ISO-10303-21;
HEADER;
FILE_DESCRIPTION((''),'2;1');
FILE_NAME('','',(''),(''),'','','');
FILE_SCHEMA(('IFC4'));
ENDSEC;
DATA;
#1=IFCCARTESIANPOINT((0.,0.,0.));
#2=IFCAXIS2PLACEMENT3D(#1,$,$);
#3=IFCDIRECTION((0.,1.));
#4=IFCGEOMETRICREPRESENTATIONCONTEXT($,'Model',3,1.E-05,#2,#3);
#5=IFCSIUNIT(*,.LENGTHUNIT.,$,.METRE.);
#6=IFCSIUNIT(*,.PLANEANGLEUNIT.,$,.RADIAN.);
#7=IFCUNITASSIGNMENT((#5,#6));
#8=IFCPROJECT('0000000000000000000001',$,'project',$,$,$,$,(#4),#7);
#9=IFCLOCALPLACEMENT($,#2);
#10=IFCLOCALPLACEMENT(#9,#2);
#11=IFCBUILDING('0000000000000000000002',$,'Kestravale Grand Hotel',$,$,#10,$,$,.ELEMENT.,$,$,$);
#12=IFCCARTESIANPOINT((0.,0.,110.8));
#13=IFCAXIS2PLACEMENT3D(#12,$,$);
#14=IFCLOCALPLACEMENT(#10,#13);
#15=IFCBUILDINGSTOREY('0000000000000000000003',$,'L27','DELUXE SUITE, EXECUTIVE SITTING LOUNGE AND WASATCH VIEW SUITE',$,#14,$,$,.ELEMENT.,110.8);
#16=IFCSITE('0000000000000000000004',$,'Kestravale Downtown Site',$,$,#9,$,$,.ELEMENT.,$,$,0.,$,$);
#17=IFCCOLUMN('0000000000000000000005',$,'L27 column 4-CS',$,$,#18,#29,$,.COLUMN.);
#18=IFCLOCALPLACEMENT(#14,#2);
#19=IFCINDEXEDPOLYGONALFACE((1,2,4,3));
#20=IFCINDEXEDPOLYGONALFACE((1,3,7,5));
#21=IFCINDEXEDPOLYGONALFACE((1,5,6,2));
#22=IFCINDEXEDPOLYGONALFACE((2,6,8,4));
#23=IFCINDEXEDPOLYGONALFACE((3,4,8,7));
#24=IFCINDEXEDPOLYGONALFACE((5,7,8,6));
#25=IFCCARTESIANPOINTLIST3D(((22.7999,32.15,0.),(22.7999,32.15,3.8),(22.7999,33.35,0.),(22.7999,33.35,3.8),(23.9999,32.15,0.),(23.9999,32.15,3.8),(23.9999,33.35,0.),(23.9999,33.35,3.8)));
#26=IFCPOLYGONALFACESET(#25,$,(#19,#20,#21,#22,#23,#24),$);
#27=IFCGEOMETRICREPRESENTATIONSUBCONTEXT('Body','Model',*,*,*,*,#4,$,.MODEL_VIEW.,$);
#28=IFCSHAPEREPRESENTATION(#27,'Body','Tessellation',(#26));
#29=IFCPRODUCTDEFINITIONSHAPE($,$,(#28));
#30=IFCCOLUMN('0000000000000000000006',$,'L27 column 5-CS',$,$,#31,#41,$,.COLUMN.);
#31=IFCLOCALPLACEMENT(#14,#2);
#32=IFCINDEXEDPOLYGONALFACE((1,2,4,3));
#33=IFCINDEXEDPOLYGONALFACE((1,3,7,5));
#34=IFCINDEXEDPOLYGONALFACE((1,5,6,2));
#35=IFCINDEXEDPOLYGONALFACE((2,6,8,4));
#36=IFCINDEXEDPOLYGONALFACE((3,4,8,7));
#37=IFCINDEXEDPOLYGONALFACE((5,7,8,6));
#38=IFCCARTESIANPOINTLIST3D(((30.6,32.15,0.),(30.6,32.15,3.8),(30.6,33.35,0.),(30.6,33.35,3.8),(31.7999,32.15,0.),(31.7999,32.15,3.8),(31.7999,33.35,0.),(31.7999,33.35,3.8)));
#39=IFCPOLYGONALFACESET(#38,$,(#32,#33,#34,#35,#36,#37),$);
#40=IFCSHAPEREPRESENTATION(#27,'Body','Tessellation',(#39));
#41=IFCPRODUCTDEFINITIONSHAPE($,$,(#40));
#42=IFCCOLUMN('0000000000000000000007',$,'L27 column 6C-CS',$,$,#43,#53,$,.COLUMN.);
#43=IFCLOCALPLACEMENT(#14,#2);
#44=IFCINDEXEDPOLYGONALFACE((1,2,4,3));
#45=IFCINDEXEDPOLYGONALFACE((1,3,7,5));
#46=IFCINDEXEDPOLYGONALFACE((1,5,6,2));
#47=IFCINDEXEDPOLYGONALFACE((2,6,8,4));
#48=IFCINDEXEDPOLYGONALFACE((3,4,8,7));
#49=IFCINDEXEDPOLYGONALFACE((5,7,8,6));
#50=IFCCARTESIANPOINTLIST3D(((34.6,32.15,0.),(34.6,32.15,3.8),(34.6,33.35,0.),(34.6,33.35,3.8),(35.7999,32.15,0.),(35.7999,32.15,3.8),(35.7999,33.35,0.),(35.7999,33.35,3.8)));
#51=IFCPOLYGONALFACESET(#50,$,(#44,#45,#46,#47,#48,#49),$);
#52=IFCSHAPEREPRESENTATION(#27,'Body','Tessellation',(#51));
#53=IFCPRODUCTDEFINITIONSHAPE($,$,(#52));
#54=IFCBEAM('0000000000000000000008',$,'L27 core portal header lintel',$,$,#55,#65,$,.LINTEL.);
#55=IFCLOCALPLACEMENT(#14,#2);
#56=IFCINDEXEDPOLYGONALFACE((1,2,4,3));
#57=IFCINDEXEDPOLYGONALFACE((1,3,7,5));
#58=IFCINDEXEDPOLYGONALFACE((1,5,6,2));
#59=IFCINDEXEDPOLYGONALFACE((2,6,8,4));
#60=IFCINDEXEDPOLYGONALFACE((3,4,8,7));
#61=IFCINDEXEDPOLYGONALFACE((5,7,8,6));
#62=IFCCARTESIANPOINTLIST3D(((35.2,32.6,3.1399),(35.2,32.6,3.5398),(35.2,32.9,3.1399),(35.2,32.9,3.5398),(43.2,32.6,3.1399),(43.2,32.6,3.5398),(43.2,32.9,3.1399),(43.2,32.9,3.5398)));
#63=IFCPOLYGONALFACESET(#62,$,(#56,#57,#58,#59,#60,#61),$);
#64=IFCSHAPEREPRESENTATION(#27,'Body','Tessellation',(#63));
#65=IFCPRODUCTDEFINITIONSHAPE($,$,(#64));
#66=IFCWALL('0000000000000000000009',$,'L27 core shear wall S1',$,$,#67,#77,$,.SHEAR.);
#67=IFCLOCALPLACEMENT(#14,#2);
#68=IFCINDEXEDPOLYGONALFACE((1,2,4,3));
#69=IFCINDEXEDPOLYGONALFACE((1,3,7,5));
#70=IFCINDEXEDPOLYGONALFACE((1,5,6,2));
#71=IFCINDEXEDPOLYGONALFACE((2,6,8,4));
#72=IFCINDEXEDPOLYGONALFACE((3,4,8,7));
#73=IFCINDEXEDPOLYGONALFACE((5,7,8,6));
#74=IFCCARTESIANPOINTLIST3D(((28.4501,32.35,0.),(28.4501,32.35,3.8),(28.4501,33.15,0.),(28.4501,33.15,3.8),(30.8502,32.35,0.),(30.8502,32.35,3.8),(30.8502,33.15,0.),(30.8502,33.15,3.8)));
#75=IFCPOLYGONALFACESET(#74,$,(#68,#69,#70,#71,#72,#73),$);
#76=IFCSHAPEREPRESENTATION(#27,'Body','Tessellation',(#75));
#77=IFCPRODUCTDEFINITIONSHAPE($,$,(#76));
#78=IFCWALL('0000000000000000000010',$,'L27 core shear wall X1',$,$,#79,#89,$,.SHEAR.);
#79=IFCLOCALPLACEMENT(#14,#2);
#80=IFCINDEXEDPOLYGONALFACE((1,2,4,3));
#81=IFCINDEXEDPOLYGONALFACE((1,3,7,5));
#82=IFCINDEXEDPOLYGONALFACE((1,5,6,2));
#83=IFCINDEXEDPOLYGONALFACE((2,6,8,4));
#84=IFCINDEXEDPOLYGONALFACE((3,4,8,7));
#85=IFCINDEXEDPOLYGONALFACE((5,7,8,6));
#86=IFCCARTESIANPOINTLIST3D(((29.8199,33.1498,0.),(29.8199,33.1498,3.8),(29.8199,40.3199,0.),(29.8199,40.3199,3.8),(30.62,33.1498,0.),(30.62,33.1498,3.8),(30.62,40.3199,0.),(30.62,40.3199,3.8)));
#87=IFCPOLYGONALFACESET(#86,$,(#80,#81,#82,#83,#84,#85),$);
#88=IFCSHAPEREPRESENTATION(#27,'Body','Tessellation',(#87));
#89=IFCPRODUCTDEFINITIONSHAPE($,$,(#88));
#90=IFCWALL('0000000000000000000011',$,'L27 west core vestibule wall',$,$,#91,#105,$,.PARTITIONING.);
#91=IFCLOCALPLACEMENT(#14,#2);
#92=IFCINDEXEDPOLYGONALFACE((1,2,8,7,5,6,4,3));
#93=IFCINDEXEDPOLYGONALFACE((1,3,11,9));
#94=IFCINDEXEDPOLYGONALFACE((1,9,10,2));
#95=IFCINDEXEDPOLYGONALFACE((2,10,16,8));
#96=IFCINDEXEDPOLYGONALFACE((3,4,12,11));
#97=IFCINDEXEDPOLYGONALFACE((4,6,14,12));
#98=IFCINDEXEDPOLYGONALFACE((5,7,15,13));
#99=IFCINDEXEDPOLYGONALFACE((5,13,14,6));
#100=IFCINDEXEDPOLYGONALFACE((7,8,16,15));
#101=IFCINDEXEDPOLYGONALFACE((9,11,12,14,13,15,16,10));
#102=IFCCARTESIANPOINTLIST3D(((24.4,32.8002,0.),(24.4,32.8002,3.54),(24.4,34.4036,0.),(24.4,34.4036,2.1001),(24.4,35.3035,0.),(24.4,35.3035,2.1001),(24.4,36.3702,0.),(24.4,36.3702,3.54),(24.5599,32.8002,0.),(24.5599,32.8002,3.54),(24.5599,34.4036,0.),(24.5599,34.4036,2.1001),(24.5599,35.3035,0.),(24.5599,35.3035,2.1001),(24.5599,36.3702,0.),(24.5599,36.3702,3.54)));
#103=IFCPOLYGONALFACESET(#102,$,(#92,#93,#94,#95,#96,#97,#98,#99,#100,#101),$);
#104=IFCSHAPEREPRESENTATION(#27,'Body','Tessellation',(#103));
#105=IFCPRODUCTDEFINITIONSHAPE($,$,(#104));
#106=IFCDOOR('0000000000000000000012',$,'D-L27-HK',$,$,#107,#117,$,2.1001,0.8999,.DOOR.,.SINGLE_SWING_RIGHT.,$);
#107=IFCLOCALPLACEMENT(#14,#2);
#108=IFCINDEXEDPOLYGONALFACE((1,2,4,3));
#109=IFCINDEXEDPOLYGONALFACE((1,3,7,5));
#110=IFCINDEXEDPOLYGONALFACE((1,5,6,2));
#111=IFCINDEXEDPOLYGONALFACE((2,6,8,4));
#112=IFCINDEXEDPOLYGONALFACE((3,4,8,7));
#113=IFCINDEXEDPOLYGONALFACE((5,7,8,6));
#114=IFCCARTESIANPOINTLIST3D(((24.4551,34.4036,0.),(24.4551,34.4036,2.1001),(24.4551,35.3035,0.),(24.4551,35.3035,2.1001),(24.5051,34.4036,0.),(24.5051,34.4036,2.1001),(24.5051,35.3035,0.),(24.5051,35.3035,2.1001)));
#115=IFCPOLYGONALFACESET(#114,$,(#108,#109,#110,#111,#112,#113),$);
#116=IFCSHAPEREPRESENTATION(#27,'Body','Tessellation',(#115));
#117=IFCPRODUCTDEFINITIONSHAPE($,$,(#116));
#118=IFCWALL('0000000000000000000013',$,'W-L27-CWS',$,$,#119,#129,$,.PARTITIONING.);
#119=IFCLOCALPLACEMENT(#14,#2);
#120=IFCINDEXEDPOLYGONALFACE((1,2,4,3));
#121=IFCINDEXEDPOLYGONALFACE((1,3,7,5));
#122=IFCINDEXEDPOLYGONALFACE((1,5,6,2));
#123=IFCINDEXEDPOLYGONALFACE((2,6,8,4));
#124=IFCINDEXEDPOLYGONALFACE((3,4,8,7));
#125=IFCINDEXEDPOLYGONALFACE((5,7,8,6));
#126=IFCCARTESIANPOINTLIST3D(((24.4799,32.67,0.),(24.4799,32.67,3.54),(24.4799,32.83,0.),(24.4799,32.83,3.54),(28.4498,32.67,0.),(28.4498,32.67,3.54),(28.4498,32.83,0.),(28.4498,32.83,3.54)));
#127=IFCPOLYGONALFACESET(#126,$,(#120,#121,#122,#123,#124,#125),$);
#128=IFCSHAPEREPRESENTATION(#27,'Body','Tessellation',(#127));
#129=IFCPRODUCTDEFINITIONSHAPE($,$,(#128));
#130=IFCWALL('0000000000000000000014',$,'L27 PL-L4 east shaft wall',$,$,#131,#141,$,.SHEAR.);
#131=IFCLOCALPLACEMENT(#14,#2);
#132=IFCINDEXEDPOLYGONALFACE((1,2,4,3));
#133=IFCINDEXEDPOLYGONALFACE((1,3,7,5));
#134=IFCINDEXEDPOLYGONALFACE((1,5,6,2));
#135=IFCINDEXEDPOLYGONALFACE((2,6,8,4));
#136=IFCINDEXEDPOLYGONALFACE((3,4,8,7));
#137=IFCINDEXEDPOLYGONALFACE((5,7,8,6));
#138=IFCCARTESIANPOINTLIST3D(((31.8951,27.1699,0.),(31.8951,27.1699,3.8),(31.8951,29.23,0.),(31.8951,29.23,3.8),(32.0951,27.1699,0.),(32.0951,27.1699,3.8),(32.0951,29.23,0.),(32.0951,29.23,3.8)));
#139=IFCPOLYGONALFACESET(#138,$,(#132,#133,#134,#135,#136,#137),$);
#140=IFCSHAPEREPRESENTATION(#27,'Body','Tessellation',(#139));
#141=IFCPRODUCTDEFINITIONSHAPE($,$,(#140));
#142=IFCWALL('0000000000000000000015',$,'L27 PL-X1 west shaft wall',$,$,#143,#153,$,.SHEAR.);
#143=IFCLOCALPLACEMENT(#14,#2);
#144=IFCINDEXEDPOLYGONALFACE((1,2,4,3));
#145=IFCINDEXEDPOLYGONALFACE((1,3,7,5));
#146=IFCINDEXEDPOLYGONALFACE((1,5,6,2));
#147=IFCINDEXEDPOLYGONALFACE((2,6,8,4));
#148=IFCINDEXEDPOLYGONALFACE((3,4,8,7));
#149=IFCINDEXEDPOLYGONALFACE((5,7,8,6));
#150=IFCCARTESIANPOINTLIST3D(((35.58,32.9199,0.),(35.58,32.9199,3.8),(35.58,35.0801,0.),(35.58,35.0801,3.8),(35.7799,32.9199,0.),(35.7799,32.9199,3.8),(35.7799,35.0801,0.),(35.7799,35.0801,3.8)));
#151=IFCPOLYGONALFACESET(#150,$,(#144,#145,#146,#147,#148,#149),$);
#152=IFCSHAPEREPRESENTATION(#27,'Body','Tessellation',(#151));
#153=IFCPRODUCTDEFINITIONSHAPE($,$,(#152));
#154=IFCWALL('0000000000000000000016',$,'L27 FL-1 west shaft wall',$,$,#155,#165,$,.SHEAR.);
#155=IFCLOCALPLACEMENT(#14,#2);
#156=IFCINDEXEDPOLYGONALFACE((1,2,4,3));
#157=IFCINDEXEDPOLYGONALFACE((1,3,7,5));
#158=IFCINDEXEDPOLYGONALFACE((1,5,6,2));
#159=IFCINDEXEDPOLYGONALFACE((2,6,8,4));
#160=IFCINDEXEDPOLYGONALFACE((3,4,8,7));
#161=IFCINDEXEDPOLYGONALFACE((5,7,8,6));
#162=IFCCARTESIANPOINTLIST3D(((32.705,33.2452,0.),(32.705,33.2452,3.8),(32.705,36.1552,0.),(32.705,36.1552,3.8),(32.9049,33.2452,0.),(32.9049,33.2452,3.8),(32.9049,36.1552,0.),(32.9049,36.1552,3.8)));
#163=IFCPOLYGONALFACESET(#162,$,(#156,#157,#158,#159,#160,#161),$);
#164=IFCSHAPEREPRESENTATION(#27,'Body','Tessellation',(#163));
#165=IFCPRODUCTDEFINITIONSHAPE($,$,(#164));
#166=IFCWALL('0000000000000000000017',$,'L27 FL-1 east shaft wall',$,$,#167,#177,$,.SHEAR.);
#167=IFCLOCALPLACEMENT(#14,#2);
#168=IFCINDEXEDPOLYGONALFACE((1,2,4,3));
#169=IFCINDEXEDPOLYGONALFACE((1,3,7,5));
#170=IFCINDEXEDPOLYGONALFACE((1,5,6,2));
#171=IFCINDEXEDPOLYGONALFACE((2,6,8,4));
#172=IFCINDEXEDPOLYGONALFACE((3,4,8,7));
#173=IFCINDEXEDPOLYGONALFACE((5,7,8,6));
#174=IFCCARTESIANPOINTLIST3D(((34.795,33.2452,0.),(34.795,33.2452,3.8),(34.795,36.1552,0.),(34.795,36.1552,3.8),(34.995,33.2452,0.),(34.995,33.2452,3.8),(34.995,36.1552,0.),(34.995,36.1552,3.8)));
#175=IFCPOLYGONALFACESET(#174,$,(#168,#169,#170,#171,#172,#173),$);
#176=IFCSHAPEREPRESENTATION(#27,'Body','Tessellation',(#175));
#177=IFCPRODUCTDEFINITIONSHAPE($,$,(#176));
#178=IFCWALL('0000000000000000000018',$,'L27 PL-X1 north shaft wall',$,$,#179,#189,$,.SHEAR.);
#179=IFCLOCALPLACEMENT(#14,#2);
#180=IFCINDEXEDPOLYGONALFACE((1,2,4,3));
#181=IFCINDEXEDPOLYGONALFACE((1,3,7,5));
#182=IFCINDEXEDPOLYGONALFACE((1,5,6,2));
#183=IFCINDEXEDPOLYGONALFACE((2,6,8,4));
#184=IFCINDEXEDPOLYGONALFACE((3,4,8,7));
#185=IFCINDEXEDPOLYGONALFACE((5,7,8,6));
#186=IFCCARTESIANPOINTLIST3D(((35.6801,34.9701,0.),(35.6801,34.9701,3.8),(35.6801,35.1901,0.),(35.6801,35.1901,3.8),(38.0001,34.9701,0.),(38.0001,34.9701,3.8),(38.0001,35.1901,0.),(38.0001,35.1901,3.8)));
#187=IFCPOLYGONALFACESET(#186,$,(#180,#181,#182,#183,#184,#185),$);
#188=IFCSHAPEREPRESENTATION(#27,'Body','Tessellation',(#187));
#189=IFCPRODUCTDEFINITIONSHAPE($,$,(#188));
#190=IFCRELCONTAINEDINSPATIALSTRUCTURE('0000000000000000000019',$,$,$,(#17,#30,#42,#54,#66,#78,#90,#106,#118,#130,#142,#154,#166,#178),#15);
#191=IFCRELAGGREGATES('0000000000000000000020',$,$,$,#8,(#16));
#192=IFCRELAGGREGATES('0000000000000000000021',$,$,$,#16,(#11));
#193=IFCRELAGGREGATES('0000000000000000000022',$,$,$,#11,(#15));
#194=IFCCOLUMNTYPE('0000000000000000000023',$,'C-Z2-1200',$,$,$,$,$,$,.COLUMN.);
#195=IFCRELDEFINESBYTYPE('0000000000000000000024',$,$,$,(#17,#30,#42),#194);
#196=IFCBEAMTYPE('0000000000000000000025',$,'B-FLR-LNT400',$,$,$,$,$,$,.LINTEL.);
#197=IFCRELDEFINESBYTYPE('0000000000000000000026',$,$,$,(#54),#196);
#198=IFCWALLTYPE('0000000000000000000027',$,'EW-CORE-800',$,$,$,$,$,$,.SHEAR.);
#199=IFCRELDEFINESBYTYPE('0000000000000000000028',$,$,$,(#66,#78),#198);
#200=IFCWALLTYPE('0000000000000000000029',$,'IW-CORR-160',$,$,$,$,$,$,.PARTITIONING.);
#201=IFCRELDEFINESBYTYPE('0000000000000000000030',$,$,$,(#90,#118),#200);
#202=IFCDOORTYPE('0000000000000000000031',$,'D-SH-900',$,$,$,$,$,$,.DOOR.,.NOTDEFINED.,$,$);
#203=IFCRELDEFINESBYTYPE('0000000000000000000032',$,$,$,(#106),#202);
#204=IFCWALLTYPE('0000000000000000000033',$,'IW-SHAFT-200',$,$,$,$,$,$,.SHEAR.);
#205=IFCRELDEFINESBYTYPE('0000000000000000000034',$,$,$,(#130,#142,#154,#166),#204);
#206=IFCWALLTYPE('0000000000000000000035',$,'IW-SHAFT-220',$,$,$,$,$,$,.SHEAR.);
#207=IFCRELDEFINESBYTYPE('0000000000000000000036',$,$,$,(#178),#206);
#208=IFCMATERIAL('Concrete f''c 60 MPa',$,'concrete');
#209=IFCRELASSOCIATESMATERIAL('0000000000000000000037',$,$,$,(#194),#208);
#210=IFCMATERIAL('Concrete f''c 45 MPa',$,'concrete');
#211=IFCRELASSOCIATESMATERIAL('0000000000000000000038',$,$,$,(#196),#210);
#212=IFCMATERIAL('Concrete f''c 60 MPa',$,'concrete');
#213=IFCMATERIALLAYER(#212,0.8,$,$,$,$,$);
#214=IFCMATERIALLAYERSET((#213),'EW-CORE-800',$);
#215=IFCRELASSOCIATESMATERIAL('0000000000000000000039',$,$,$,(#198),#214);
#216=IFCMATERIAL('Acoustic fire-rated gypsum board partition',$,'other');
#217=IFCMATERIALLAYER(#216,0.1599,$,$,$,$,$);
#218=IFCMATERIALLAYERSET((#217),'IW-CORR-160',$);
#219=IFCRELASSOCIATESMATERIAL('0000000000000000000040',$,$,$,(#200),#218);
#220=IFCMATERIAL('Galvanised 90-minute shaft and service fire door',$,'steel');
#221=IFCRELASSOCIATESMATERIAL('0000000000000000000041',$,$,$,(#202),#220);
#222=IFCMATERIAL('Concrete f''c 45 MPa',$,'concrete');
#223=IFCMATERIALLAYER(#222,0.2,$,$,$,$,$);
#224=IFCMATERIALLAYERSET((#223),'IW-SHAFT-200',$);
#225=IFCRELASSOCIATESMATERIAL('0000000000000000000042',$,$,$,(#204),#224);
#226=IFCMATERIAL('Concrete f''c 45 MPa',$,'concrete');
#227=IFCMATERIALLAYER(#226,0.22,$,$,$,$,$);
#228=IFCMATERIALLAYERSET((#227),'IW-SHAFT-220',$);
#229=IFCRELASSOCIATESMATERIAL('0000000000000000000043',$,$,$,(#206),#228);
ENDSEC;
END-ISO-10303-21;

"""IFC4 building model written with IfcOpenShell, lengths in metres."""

from ifc_helpers import new_model, si_unit, direction, frame, frame_2d, origin, origin_2d, place, context, subcontext, project, spatial, rectangle, extrude, material, layer, layer_set, material_profile, profile_set, type_object, element, fill, save


model = new_model("IFC4")

# Units and contexts
model_context = context("Model", 3, precision=1e-05, world=origin(), true_north=direction((0.0, 1.0)))
body_context = subcontext(model_context, "Body", "Model", "MODEL_VIEW")
ifc_project = project(units=[si_unit("LENGTHUNIT", "METRE"), si_unit("PLANEANGLEUNIT", "RADIAN")], contexts=[model_context])

# Site, building, storey
site_placement = place(None, origin())
site = spatial("IfcSite", under=ifc_project, at=site_placement, Name="Kestravale Downtown Site", CompositionType="ELEMENT", RefElevation=0.0)
building_placement = place(site_placement, origin())
building = spatial("IfcBuilding", under=site, at=building_placement, Name="Kestravale Grand Hotel", CompositionType="ELEMENT")
storey_placement = place(building_placement, frame((0.0, 0.0, 110.8)))
storey = spatial("IfcBuildingStorey", under=building, at=storey_placement, Name="L27", Description="DELUXE SUITE, EXECUTIVE SITTING LOUNGE AND WASATCH VIEW SUITE", CompositionType="ELEMENT", Elevation=110.8)

# Columns
ifc_material_1 = material(Name="Concrete f'c 60 MPa", Category="concrete")
ifc_material_profile_1 = material_profile(ifc_material_1, rectangle(XDim=1.2, YDim=1.2, at=origin_2d()))
ifc_profile_set_1 = profile_set([ifc_material_profile_1], Name="Concrete f'c 60 MPa")
column_type = type_object("IfcColumnType", Name="C-Z2-1200", PredefinedType="COLUMN", material=ifc_profile_set_1)
for number, where, z_axis, x_axis, name in (
    (1, (23.3999, 32.75, 0.0), (0.0, 0.0, 1.0), (1.0, 0.0, 0.0), "L27 column 4-CS"),
    (2, (31.2, 32.75, 0.0), (0.0, 0.0, 1.0), (1.0, 0.0, 0.0), "L27 column 5-CS"),
    (3, (35.2, 32.75, 0.0), (0.0, 0.0, 1.0), (1.0, 0.0, 0.0), "L27 column 6C-CS"),
):
    element("IfcColumn", number, at=place(storey_placement, frame(where, z_axis=z_axis, x_axis=x_axis)), inside=storey, type_object=column_type, Name=name, PredefinedType="COLUMN", context=body_context, shape_type="SweptSolid", body=[
        extrude(rectangle(XDim=1.2, YDim=1.2, at=origin_2d()), origin(), (0.0, 0.0, 1.0), 3.8),
    ])

# Beam
ifc_material_2 = material(Name="Concrete f'c 45 MPa", Category="concrete")
ifc_material_profile_2 = material_profile(ifc_material_2, rectangle(XDim=0.3, YDim=0.3999, at=origin_2d()))
ifc_profile_set_2 = profile_set([ifc_material_profile_2], Name="Concrete f'c 45 MPa")
beam_type = type_object("IfcBeamType", Name="B-FLR-LNT400", PredefinedType="LINTEL", material=ifc_profile_set_2)
beam_placement = place(storey_placement, frame((35.2, 32.75, 3.3398), z_axis=(1.0, 0.0, 0.0), x_axis=(0.0, 1.0, 0.0)))
element("IfcBeam", 4, at=beam_placement, inside=storey, type_object=beam_type, Name="L27 core portal header lintel", PredefinedType="LINTEL", context=body_context, shape_type="SweptSolid", body=[
    extrude(rectangle(XDim=0.3, YDim=0.3999, at=origin_2d()), origin(), (0.0, 0.0, 1.0), 8.0),
])

# Walls
ifc_material_3 = material(Name="Concrete f'c 60 MPa", Category="concrete")
ifc_layer_1 = layer(ifc_material_3, 0.8)
ifc_layer_set_1 = layer_set([ifc_layer_1], Name="EW-CORE-800")
wall_type_1 = type_object("IfcWallType", Name="EW-CORE-800", PredefinedType="SHEAR", material=ifc_layer_set_1)
wall_1_placement = place(storey_placement, frame((28.45, 32.75, 0.0), z_axis=(0.0, 0.0, 1.0), x_axis=(1.0, 0.0, 0.0)))
element("IfcWall", 5, at=wall_1_placement, inside=storey, type_object=wall_type_1, Name="L27 core shear wall S1", PredefinedType="SHEAR", context=body_context, shape_type="SweptSolid", body=[
    extrude(rectangle(XDim=2.4001, YDim=0.8, at=frame_2d((1.2002, 0.0))), origin(), (0.0, 0.0, 1.0), 3.8),
])
wall_2_placement = place(storey_placement, frame((30.22, 33.1499, 0.0), z_axis=(0.0, 0.0, 1.0), x_axis=(0.0, 1.0, 0.0)))
element("IfcWall", 6, at=wall_2_placement, inside=storey, type_object=wall_type_1, Name="L27 core shear wall X1", PredefinedType="SHEAR", context=body_context, shape_type="SweptSolid", body=[
    extrude(rectangle(XDim=7.1702, YDim=0.8, at=frame_2d((3.585, 0.0))), origin(), (0.0, 0.0, 1.0), 3.8),
])

# Wall, opening, door
ifc_material_4 = material(Name="Acoustic fire-rated gypsum board partition", Category="other")
ifc_layer_2 = layer(ifc_material_4, 0.1599)
ifc_layer_set_2 = layer_set([ifc_layer_2], Name="IW-CORR-160")
wall_type_2 = type_object("IfcWallType", Name="IW-CORR-160", PredefinedType="PARTITIONING", material=ifc_layer_set_2)
wall_3_placement = place(storey_placement, frame((24.48, 32.8, 0.0), z_axis=(0.0, 0.0, 1.0), x_axis=(0.0, 1.0, 0.0)))
wall_3 = element("IfcWall", 7, at=wall_3_placement, inside=storey, type_object=wall_type_2, Name="L27 west core vestibule wall", PredefinedType="PARTITIONING", context=body_context, shape_type="SweptSolid", body=[
    extrude(rectangle(XDim=3.5701, YDim=0.1599, at=frame_2d((1.7852, 0.0))), origin(), (0.0, 0.0, 1.0), 3.54),
])
opening_1_placement = place(wall_3_placement, frame((1.6035, 0.0, 0.0)))
opening_1 = element("IfcOpeningElement", 8, at=opening_1_placement, cuts=wall_3, PredefinedType="OPENING", context=body_context, shape_type="SweptSolid", body=[
    extrude(rectangle(XDim=0.8999, YDim=2.1001, at=frame_2d((0.45, 1.05))), frame((0.0, 0.0898, 0.0), z_axis=(0.0, -1.0, 0.0), x_axis=(1.0, 0.0, 0.0)), (0.0, 0.0, 1.0), 0.1799),
])
ifc_material_5 = material(Name="Galvanised 90-minute shaft and service fire door", Category="steel")
door_type_1 = type_object("IfcDoorType", Name="D-SH-900", OperationType="NOTDEFINED", PredefinedType="DOOR", material=ifc_material_5)
door_1_placement = place(opening_1_placement, origin())
door_1 = element("IfcDoor", 9, at=door_1_placement, inside=storey, type_object=door_type_1, Name="D-L27-HK", OperationType="SINGLE_SWING_RIGHT", OverallHeight=2.1001, OverallWidth=0.8999, PredefinedType="DOOR", context=body_context, shape_type="SweptSolid", body=[
    extrude(rectangle(XDim=0.8999, YDim=2.1001, at=frame_2d((0.45, 1.05))), frame((0.0, 0.0249, 0.0), z_axis=(0.0, -1.0, 0.0), x_axis=(1.0, 0.0, 0.0)), (0.0, 0.0, 1.0), 0.05),
])
fill(opening_1, door_1)

# Wall
wall_4_placement = place(storey_placement, frame((24.48, 32.75, 0.0), z_axis=(0.0, 0.0, 1.0), x_axis=(1.0, 0.0, 0.0)))
element("IfcWall", 10, at=wall_4_placement, inside=storey, type_object=wall_type_2, Name="W-L27-CWS", PredefinedType="PARTITIONING", context=body_context, shape_type="SweptSolid", body=[
    extrude(rectangle(XDim=3.97, YDim=0.1599, at=frame_2d((1.9849, 0.0))), origin(), (0.0, 0.0, 1.0), 3.54),
])

# Walls
ifc_material_6 = material(Name="Concrete f'c 45 MPa", Category="concrete")
ifc_layer_3 = layer(ifc_material_6, 0.2)
ifc_layer_set_3 = layer_set([ifc_layer_3], Name="IW-SHAFT-200")
wall_type_3 = type_object("IfcWallType", Name="IW-SHAFT-200", PredefinedType="SHEAR", material=ifc_layer_set_3)
wall_5_placement = place(storey_placement, frame((31.9951, 27.1699, 0.0), z_axis=(0.0, 0.0, 1.0), x_axis=(0.0, 1.0, 0.0)))
element("IfcWall", 11, at=wall_5_placement, inside=storey, type_object=wall_type_3, Name="L27 PL-L4 east shaft wall", PredefinedType="SHEAR", context=body_context, shape_type="SweptSolid", body=[
    extrude(rectangle(XDim=2.0601, YDim=0.2, at=frame_2d((1.03, 0.0))), origin(), (0.0, 0.0, 1.0), 3.8),
])
wall_6_placement = place(storey_placement, frame((35.6799, 32.9199, 0.0), z_axis=(0.0, 0.0, 1.0), x_axis=(0.0, 1.0, 0.0)))
element("IfcWall", 12, at=wall_6_placement, inside=storey, type_object=wall_type_3, Name="L27 PL-X1 west shaft wall", PredefinedType="SHEAR", context=body_context, shape_type="SweptSolid", body=[
    extrude(rectangle(XDim=2.1602, YDim=0.2, at=frame_2d((1.0801, 0.0))), origin(), (0.0, 0.0, 1.0), 3.8),
])
for number, where, z_axis, x_axis, name in (
    (13, (32.8049, 33.2451, 0.0), (0.0, 0.0, 1.0), (0.0, 1.0, 0.0), "L27 FL-1 west shaft wall"),
    (14, (34.895, 33.2451, 0.0), (0.0, 0.0, 1.0), (0.0, 1.0, 0.0), "L27 FL-1 east shaft wall"),
):
    element("IfcWall", number, at=place(storey_placement, frame(where, z_axis=z_axis, x_axis=x_axis)), inside=storey, type_object=wall_type_3, Name=name, PredefinedType="SHEAR", context=body_context, shape_type="SweptSolid", body=[
        extrude(rectangle(XDim=2.9099, YDim=0.2, at=frame_2d((1.4551, 0.0))), origin(), (0.0, 0.0, 1.0), 3.8),
    ])

# Shared definitions
ifc_material_7 = material(Name="Concrete f'c 45 MPa", Category="concrete")
ifc_layer_4 = layer(ifc_material_7, 0.22)
ifc_layer_set_4 = layer_set([ifc_layer_4], Name="IW-SHAFT-220")
wall_type_4 = type_object("IfcWallType", Name="IW-SHAFT-220", PredefinedType="SHEAR", material=ifc_layer_set_4)

# Wall
for number, where, z_axis, x_axis, name in (
    (15, (35.6799, 35.0801, 0.0), (0.0, 0.0, 1.0), (1.0, 0.0, 0.0), "L27 PL-X1 north shaft wall"),
):
    element("IfcWall", number, at=place(storey_placement, frame(where, z_axis=z_axis, x_axis=x_axis)), inside=storey, type_object=wall_type_4, Name=name, PredefinedType="SHEAR", context=body_context, shape_type="SweptSolid", body=[
        extrude(rectangle(XDim=2.3201, YDim=0.22, at=frame_2d((1.1602, 0.0))), origin(), (0.0, 0.0, 1.0), 3.8),
    ])

save(model, "model.ifc")
